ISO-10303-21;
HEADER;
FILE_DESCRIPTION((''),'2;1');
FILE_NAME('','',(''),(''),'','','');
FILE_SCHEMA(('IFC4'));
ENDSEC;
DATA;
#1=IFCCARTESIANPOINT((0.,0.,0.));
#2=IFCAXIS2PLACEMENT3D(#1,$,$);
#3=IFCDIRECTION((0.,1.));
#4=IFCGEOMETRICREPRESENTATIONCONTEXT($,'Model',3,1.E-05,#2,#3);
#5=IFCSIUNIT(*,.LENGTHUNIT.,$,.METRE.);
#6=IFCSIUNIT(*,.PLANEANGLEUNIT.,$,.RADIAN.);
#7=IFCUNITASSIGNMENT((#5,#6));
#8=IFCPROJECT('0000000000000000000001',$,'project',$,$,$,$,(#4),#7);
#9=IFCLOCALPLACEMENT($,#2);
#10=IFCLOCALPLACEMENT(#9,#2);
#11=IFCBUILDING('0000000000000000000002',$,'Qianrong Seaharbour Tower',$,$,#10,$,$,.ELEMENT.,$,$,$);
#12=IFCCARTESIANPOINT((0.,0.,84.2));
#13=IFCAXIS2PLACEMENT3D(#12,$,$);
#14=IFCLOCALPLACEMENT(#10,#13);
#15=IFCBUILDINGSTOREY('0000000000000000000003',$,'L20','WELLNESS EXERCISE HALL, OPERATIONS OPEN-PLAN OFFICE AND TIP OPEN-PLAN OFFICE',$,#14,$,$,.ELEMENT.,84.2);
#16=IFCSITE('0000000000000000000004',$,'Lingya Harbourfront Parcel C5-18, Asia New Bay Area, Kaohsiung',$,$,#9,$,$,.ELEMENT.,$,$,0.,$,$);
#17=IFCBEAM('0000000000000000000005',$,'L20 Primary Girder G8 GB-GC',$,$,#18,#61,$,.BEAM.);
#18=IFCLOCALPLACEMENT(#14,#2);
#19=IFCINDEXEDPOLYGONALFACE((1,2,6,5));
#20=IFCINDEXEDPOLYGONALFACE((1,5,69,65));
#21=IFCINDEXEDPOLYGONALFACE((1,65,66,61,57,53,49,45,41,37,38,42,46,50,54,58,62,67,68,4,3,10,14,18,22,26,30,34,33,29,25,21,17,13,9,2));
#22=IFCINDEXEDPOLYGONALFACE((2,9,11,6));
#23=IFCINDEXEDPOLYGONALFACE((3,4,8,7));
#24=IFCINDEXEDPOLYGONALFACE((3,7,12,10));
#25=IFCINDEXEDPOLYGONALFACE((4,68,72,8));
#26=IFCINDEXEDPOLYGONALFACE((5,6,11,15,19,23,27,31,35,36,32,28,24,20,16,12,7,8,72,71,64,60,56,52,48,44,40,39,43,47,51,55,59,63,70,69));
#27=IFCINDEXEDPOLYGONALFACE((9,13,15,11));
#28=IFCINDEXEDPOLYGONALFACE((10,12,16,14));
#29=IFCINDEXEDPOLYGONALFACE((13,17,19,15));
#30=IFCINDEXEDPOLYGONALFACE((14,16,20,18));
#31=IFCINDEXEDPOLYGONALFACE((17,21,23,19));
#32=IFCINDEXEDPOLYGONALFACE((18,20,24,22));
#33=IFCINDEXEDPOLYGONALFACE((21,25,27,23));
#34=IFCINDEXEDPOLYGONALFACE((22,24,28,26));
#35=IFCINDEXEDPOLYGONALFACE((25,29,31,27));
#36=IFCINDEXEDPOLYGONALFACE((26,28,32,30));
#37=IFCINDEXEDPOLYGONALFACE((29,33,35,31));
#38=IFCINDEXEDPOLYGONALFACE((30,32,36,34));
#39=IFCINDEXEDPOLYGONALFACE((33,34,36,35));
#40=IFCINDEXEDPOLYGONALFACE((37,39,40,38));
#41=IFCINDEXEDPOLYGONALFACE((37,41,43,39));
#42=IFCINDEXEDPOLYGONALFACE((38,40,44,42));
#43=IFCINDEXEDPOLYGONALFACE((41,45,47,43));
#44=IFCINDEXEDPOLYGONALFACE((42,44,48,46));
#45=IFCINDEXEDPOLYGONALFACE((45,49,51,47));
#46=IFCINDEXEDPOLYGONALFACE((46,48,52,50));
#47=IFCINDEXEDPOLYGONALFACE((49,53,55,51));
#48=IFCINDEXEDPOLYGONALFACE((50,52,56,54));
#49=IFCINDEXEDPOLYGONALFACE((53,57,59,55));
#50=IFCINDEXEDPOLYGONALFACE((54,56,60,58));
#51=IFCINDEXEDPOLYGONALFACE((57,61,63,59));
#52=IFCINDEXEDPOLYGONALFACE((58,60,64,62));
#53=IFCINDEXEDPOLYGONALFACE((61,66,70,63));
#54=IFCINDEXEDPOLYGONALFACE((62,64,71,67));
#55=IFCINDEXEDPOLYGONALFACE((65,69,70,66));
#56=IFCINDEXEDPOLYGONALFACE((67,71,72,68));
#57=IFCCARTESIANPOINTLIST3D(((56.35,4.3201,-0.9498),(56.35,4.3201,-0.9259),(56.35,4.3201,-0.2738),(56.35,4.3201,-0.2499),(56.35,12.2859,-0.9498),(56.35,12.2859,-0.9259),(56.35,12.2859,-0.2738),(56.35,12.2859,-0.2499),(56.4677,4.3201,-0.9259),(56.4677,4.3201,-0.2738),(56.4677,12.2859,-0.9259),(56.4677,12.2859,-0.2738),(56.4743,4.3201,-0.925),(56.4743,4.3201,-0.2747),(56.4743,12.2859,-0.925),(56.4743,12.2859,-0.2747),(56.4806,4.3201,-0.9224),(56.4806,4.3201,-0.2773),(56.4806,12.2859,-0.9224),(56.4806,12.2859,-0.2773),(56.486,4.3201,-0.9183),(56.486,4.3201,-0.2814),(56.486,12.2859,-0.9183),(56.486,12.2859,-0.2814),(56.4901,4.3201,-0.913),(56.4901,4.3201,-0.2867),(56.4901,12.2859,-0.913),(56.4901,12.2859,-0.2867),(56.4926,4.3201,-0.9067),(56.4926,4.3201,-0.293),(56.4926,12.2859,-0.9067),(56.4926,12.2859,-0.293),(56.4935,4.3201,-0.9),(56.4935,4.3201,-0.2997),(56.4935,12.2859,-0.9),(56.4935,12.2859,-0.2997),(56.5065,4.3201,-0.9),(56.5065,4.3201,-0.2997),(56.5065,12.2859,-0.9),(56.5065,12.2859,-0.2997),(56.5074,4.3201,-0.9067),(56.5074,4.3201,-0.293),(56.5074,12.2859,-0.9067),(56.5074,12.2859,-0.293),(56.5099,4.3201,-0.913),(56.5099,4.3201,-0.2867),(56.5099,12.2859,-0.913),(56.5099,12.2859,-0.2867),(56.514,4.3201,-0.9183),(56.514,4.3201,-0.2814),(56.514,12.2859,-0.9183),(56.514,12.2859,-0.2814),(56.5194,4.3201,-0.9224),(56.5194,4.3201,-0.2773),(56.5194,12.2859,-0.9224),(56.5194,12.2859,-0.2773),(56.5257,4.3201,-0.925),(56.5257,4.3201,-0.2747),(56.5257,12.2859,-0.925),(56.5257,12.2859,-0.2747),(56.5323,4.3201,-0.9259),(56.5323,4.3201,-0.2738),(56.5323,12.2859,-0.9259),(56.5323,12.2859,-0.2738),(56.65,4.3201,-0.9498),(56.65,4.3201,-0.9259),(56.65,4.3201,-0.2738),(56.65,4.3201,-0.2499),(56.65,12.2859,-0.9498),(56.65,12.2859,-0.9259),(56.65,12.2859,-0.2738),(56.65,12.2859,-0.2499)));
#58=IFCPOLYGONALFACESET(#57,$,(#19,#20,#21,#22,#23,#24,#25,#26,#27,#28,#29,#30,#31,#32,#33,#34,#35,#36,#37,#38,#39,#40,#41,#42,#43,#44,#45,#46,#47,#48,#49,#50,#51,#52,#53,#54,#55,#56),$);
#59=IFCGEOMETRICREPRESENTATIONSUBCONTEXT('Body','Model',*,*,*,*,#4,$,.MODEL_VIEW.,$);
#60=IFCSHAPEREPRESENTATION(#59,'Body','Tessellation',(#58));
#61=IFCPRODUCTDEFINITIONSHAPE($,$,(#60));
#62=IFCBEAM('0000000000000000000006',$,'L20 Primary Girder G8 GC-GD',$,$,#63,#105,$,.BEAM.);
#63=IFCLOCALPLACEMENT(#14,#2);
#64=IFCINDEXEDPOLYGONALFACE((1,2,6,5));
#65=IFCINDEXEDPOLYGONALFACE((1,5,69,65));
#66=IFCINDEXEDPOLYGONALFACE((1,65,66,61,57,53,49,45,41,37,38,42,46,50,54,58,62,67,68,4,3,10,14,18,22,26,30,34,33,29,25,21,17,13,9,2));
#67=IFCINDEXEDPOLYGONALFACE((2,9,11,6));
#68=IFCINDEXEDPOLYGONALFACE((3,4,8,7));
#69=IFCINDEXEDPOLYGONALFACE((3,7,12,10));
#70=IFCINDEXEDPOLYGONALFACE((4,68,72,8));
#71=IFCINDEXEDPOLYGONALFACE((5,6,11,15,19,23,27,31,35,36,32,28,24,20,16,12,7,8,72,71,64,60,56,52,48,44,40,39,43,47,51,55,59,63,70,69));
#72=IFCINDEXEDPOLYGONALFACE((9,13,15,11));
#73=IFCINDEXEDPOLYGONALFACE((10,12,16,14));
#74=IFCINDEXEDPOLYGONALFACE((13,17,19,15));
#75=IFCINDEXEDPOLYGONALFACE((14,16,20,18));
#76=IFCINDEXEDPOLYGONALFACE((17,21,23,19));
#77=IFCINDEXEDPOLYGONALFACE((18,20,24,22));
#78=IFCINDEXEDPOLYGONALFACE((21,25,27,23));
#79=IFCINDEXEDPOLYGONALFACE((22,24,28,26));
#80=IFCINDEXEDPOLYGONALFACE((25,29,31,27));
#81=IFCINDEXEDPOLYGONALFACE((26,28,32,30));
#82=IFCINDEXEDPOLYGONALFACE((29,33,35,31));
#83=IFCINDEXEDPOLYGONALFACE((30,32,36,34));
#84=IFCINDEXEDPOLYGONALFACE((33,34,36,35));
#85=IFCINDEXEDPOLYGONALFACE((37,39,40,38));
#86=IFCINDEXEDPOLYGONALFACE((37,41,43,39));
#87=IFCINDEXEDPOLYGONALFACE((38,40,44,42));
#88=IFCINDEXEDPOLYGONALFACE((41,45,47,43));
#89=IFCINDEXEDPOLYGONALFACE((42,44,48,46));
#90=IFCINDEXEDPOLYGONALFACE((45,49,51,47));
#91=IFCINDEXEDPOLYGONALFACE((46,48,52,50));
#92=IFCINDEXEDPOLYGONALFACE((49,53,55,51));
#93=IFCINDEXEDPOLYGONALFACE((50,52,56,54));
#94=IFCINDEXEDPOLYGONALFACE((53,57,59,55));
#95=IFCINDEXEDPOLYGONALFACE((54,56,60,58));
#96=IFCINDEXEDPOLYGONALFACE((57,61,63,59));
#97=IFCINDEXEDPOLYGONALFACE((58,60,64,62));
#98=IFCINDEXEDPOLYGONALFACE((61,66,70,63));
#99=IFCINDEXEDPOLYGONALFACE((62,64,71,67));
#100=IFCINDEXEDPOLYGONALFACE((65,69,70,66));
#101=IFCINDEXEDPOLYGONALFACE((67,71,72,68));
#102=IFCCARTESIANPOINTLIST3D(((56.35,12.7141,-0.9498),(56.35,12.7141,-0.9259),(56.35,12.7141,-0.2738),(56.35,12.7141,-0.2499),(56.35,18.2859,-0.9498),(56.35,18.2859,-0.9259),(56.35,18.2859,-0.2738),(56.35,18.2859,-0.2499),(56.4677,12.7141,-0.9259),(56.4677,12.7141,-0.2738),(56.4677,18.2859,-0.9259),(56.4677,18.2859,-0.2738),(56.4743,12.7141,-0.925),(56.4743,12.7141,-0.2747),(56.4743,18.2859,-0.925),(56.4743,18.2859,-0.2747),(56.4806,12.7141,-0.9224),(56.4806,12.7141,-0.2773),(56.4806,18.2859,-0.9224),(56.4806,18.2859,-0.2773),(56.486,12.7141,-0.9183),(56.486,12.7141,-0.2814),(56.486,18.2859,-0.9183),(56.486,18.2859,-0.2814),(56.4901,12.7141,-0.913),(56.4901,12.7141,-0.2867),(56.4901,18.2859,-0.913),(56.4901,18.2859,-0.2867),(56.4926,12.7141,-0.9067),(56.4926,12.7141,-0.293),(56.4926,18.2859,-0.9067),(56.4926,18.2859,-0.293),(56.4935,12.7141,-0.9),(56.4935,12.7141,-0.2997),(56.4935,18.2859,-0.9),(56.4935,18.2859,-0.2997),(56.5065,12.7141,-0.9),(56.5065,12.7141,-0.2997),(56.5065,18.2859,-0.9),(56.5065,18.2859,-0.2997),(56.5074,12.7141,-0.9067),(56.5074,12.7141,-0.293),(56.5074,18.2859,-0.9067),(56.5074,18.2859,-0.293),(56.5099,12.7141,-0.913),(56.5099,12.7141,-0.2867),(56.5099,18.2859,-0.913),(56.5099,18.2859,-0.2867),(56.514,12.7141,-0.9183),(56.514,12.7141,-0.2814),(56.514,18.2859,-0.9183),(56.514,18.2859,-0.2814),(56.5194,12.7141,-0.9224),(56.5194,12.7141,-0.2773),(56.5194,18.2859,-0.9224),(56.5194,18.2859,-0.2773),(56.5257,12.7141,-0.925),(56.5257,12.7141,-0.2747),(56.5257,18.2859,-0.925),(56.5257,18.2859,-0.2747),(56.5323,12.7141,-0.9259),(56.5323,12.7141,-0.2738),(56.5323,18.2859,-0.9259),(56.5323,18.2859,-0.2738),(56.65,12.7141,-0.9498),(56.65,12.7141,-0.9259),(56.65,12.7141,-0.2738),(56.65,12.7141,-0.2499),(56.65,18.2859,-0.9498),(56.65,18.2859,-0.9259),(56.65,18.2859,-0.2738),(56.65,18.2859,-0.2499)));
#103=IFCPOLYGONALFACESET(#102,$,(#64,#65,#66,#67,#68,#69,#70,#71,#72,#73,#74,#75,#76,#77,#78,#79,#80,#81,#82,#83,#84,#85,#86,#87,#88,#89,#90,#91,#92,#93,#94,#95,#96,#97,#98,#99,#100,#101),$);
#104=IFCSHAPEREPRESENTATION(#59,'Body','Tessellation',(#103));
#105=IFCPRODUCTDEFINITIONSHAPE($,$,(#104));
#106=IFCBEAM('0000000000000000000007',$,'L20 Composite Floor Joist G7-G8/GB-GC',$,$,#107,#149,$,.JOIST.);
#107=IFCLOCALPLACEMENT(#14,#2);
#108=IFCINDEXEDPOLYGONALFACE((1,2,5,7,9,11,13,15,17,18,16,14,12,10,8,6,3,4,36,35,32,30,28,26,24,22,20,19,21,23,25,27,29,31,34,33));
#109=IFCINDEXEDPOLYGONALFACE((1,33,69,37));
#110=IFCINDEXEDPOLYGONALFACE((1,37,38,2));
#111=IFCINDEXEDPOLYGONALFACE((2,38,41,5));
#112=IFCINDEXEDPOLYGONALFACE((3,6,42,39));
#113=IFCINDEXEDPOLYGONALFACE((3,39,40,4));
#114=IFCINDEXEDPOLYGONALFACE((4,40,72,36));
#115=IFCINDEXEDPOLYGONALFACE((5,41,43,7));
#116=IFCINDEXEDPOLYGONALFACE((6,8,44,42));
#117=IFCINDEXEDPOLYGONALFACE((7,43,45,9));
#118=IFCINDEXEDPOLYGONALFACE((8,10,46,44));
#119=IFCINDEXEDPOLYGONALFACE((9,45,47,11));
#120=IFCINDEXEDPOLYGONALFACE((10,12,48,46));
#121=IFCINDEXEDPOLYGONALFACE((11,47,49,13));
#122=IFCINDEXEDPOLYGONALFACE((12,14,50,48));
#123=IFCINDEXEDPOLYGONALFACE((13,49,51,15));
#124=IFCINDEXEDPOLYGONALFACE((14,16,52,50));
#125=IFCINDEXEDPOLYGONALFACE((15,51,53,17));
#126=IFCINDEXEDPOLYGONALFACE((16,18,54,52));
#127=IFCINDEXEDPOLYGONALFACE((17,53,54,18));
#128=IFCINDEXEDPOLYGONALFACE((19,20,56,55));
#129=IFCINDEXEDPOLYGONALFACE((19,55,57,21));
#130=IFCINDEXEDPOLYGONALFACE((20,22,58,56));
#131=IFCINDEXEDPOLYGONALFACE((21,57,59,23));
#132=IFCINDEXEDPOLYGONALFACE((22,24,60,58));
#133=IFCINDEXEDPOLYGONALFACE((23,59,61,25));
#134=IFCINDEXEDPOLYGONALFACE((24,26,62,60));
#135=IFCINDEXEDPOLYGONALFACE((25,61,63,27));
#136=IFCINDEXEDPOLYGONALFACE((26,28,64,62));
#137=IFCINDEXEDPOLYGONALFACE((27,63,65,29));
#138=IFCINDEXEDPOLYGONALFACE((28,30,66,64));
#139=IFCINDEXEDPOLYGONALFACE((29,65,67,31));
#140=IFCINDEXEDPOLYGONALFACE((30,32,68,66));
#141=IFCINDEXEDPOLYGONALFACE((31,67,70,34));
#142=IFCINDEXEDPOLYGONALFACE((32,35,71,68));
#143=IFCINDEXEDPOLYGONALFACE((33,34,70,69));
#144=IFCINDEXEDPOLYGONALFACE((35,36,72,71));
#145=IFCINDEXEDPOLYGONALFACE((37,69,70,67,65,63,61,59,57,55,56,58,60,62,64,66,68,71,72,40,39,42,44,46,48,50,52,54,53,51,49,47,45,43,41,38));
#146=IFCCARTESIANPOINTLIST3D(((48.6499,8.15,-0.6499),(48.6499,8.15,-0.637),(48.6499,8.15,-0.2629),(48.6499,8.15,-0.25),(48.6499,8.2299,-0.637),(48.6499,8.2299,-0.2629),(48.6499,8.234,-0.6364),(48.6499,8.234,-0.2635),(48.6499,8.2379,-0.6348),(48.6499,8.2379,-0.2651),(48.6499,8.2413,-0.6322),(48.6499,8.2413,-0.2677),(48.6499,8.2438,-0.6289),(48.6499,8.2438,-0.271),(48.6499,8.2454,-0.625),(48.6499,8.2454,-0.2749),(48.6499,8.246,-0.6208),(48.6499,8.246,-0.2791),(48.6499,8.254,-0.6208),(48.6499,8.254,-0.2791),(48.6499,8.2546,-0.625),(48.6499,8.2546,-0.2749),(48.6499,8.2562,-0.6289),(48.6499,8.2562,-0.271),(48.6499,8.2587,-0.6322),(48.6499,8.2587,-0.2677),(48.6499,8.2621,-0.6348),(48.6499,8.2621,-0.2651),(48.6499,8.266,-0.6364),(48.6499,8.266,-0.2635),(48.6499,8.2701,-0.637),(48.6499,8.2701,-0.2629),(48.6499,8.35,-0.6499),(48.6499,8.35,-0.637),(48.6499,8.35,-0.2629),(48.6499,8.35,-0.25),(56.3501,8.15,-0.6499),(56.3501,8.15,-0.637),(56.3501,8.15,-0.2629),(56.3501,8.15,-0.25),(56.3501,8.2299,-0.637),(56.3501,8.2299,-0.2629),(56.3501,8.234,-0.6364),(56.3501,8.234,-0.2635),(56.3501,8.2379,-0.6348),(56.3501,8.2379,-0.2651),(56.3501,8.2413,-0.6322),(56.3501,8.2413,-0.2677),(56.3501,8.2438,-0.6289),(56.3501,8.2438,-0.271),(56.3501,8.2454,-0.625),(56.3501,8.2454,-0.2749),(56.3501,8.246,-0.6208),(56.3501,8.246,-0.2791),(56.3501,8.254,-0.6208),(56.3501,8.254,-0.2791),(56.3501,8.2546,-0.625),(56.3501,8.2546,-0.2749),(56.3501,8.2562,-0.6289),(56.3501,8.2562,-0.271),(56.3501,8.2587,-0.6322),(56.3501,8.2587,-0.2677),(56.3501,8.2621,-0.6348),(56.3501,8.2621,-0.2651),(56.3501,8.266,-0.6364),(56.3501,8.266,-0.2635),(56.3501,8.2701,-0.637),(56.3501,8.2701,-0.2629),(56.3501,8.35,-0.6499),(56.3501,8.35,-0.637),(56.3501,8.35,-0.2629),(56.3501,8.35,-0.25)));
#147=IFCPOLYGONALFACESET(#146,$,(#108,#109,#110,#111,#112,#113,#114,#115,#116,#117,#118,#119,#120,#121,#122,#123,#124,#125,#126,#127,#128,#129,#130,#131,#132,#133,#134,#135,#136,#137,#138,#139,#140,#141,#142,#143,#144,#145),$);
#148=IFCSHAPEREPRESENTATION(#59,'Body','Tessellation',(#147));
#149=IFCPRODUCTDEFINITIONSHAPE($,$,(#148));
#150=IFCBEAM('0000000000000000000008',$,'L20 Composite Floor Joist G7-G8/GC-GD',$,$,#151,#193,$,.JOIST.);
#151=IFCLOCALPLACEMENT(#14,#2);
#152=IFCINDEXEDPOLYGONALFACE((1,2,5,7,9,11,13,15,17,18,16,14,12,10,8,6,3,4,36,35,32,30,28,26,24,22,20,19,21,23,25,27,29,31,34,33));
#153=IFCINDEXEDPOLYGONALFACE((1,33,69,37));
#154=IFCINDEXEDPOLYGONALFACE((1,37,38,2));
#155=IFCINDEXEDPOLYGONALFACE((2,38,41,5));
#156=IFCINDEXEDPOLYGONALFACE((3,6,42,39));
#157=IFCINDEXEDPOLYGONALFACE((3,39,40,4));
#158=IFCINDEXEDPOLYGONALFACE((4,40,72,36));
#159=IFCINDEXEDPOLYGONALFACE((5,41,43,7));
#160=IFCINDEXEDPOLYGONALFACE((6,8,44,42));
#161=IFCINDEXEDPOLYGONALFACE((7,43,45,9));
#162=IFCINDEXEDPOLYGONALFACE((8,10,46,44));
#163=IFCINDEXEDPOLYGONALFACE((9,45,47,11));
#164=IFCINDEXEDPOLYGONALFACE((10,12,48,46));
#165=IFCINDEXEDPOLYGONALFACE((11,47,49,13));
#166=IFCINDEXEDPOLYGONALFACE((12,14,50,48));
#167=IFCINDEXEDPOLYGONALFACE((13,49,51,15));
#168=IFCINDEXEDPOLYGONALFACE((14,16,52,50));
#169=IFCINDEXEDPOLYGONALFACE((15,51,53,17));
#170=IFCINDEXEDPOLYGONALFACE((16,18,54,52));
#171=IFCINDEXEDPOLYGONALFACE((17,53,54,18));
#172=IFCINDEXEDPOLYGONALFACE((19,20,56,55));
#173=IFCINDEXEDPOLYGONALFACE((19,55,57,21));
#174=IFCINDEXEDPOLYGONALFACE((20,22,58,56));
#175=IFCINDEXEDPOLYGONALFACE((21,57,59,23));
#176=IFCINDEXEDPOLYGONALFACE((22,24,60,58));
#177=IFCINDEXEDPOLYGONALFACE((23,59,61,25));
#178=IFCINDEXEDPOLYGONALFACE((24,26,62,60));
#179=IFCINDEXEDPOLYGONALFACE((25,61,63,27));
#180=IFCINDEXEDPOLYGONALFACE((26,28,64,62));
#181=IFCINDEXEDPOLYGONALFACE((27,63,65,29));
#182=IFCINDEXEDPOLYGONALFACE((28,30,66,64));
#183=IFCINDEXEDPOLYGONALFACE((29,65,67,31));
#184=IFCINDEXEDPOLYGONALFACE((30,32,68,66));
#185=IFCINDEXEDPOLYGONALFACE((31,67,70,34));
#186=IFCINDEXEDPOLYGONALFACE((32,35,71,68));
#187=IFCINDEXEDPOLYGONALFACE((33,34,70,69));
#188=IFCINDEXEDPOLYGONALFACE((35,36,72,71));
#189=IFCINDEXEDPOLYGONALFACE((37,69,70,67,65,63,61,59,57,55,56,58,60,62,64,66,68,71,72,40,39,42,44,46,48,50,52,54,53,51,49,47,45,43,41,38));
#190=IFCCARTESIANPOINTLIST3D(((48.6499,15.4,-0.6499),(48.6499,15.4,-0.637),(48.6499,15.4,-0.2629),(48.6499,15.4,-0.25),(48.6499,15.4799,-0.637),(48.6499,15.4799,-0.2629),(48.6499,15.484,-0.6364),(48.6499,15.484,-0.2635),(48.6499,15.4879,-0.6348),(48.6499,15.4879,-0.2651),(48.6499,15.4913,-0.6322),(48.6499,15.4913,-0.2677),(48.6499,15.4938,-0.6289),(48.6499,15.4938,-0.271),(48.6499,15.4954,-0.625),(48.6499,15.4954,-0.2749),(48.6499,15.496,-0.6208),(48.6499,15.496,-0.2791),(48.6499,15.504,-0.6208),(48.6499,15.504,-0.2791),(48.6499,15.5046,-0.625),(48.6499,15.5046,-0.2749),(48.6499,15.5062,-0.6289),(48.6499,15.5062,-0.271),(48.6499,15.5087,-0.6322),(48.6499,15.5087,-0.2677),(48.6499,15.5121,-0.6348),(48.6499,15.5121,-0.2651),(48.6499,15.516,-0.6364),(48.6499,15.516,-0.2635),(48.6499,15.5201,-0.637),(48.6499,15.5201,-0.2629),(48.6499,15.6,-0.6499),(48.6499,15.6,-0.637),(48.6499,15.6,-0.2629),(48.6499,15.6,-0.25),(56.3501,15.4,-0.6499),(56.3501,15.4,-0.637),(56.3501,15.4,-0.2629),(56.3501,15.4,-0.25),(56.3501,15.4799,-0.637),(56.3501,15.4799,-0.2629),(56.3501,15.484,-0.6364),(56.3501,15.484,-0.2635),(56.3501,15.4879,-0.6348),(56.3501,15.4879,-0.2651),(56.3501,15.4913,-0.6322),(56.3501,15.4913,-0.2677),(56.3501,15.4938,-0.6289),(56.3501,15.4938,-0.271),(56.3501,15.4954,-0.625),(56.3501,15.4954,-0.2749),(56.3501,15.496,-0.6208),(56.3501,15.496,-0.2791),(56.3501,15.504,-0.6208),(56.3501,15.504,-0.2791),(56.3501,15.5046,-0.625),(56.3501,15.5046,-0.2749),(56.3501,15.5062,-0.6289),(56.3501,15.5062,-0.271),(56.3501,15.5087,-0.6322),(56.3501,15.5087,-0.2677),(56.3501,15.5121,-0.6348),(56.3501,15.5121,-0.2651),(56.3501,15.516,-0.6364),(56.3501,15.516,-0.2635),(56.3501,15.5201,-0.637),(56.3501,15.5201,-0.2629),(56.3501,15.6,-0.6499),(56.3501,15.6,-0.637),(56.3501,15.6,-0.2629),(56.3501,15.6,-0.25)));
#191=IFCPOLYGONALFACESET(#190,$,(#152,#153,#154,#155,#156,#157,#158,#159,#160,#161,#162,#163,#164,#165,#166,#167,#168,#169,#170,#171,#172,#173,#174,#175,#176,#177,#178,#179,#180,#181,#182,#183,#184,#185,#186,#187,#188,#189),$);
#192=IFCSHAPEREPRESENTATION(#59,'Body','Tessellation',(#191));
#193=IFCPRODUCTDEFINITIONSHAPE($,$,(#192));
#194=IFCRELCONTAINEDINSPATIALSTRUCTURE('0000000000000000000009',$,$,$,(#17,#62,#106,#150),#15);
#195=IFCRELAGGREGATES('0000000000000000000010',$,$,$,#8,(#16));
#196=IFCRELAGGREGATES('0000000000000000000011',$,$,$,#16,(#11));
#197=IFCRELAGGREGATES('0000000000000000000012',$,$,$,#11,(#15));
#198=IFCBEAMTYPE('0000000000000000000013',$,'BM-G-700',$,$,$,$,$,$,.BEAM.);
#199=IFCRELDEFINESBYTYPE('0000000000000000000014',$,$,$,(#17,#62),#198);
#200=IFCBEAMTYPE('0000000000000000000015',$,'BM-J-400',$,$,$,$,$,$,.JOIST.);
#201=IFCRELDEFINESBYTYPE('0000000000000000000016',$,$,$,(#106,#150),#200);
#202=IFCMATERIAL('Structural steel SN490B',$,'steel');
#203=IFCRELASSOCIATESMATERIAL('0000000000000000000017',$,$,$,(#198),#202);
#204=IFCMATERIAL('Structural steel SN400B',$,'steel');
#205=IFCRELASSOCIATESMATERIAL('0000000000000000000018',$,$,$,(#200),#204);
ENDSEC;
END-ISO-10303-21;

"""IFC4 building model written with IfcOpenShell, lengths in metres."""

from ifc_helpers import new_model, si_unit, direction, frame, origin, origin_2d, place, context, subcontext, project, spatial, i_section, extrude, material, material_profile, profile_set, type_object, element, save


model = new_model("IFC4")

# Units and contexts
model_context = context("Model", 3, precision=1e-05, world=origin(), true_north=direction((0.0, 1.0)))
body_context = subcontext(model_context, "Body", "Model", "MODEL_VIEW")
ifc_project = project(units=[si_unit("LENGTHUNIT", "METRE"), si_unit("PLANEANGLEUNIT", "RADIAN")], contexts=[model_context])

# Site, building, storey
site_placement = place(None, origin())
site = spatial("IfcSite", under=ifc_project, at=site_placement, Name="Lingya Harbourfront Parcel C5-18, Asia New Bay Area, Kaohsiung", CompositionType="ELEMENT", RefElevation=0.0)
building_placement = place(site_placement, origin())
building = spatial("IfcBuilding", under=site, at=building_placement, Name="Qianrong Seaharbour Tower", CompositionType="ELEMENT")
storey_placement = place(building_placement, frame((0.0, 0.0, 84.2)))
storey = spatial("IfcBuildingStorey", under=building, at=storey_placement, Name="L20", Description="WELLNESS EXERCISE HALL, OPERATIONS OPEN-PLAN OFFICE AND TIP OPEN-PLAN OFFICE", CompositionType="ELEMENT", Elevation=84.2)

# Shared definitions
ifc_material_1 = material(Name="Structural steel SN490B", Category="steel")

# Beams
ifc_material_profile_1 = material_profile(ifc_material_1, i_section(OverallWidth=0.3, OverallDepth=0.7, WebThickness=0.0129, FlangeThickness=0.0239, FilletRadius=0.0259, at=origin_2d()), Name="H700x300x13x24")
ifc_profile_set_1 = profile_set([ifc_material_profile_1], Name="Structural steel SN490B")
beam_type_1 = type_object("IfcBeamType", Name="BM-G-700", PredefinedType="BEAM", material=ifc_profile_set_1)
beam_1_placement = place(storey_placement, frame((56.5, 4.3201, -0.5999), z_axis=(0.0, 1.0, 0.0), x_axis=(-1.0, 0.0, 0.0)))
element("IfcBeam", 1, at=beam_1_placement, inside=storey, type_object=beam_type_1, Name="L20 Primary Girder G8 GB-GC", PredefinedType="BEAM", context=body_context, shape_type="SweptSolid", body=[
    extrude(i_section(OverallWidth=0.3, OverallDepth=0.7, WebThickness=0.0129, FlangeThickness=0.0239, FilletRadius=0.0259, at=origin_2d()), origin(), (0.0, 0.0, 1.0), 7.9658),
])
beam_2_placement = place(storey_placement, frame((56.5, 12.7141, -0.5999), z_axis=(0.0, 1.0, 0.0), x_axis=(-1.0, 0.0, 0.0)))
element("IfcBeam", 2, at=beam_2_placement, inside=storey, type_object=beam_type_1, Name="L20 Primary Girder G8 GC-GD", PredefinedType="BEAM", context=body_context, shape_type="SweptSolid", body=[
    extrude(i_section(OverallWidth=0.3, OverallDepth=0.7, WebThickness=0.0129, FlangeThickness=0.0239, FilletRadius=0.0259, at=origin_2d()), origin(), (0.0, 0.0, 1.0), 5.5718),
])
ifc_material_2 = material(Name="Structural steel SN400B", Category="steel")
ifc_material_profile_2 = material_profile(ifc_material_2, i_section(OverallWidth=0.2, OverallDepth=0.3999, WebThickness=0.0081, FlangeThickness=0.0129, FilletRadius=0.0161, at=origin_2d()), Name="H400x200x8x13")
ifc_profile_set_2 = profile_set([ifc_material_profile_2], Name="Structural steel SN400B")
beam_type_2 = type_object("IfcBeamType", Name="BM-J-400", PredefinedType="JOIST", material=ifc_profile_set_2)
for number, where, z_axis, x_axis, name in (
    (3, (48.6499, 8.25, -0.45), (1.0, 0.0, 0.0), (0.0, 1.0, 0.0), "L20 Composite Floor Joist G7-G8/GB-GC"),
    (4, (48.6499, 15.5, -0.45), (1.0, 0.0, 0.0), (0.0, 1.0, 0.0), "L20 Composite Floor Joist G7-G8/GC-GD"),
):
    element("IfcBeam", number, at=place(storey_placement, frame(where, z_axis=z_axis, x_axis=x_axis)), inside=storey, type_object=beam_type_2, Name=name, PredefinedType="JOIST", context=body_context, shape_type="SweptSolid", body=[
        extrude(i_section(OverallWidth=0.2, OverallDepth=0.3999, WebThickness=0.0081, FlangeThickness=0.0129, FilletRadius=0.0161, at=origin_2d()), origin(), (0.0, 0.0, 1.0), 7.7002),
    ])

save(model, "model.ifc")
